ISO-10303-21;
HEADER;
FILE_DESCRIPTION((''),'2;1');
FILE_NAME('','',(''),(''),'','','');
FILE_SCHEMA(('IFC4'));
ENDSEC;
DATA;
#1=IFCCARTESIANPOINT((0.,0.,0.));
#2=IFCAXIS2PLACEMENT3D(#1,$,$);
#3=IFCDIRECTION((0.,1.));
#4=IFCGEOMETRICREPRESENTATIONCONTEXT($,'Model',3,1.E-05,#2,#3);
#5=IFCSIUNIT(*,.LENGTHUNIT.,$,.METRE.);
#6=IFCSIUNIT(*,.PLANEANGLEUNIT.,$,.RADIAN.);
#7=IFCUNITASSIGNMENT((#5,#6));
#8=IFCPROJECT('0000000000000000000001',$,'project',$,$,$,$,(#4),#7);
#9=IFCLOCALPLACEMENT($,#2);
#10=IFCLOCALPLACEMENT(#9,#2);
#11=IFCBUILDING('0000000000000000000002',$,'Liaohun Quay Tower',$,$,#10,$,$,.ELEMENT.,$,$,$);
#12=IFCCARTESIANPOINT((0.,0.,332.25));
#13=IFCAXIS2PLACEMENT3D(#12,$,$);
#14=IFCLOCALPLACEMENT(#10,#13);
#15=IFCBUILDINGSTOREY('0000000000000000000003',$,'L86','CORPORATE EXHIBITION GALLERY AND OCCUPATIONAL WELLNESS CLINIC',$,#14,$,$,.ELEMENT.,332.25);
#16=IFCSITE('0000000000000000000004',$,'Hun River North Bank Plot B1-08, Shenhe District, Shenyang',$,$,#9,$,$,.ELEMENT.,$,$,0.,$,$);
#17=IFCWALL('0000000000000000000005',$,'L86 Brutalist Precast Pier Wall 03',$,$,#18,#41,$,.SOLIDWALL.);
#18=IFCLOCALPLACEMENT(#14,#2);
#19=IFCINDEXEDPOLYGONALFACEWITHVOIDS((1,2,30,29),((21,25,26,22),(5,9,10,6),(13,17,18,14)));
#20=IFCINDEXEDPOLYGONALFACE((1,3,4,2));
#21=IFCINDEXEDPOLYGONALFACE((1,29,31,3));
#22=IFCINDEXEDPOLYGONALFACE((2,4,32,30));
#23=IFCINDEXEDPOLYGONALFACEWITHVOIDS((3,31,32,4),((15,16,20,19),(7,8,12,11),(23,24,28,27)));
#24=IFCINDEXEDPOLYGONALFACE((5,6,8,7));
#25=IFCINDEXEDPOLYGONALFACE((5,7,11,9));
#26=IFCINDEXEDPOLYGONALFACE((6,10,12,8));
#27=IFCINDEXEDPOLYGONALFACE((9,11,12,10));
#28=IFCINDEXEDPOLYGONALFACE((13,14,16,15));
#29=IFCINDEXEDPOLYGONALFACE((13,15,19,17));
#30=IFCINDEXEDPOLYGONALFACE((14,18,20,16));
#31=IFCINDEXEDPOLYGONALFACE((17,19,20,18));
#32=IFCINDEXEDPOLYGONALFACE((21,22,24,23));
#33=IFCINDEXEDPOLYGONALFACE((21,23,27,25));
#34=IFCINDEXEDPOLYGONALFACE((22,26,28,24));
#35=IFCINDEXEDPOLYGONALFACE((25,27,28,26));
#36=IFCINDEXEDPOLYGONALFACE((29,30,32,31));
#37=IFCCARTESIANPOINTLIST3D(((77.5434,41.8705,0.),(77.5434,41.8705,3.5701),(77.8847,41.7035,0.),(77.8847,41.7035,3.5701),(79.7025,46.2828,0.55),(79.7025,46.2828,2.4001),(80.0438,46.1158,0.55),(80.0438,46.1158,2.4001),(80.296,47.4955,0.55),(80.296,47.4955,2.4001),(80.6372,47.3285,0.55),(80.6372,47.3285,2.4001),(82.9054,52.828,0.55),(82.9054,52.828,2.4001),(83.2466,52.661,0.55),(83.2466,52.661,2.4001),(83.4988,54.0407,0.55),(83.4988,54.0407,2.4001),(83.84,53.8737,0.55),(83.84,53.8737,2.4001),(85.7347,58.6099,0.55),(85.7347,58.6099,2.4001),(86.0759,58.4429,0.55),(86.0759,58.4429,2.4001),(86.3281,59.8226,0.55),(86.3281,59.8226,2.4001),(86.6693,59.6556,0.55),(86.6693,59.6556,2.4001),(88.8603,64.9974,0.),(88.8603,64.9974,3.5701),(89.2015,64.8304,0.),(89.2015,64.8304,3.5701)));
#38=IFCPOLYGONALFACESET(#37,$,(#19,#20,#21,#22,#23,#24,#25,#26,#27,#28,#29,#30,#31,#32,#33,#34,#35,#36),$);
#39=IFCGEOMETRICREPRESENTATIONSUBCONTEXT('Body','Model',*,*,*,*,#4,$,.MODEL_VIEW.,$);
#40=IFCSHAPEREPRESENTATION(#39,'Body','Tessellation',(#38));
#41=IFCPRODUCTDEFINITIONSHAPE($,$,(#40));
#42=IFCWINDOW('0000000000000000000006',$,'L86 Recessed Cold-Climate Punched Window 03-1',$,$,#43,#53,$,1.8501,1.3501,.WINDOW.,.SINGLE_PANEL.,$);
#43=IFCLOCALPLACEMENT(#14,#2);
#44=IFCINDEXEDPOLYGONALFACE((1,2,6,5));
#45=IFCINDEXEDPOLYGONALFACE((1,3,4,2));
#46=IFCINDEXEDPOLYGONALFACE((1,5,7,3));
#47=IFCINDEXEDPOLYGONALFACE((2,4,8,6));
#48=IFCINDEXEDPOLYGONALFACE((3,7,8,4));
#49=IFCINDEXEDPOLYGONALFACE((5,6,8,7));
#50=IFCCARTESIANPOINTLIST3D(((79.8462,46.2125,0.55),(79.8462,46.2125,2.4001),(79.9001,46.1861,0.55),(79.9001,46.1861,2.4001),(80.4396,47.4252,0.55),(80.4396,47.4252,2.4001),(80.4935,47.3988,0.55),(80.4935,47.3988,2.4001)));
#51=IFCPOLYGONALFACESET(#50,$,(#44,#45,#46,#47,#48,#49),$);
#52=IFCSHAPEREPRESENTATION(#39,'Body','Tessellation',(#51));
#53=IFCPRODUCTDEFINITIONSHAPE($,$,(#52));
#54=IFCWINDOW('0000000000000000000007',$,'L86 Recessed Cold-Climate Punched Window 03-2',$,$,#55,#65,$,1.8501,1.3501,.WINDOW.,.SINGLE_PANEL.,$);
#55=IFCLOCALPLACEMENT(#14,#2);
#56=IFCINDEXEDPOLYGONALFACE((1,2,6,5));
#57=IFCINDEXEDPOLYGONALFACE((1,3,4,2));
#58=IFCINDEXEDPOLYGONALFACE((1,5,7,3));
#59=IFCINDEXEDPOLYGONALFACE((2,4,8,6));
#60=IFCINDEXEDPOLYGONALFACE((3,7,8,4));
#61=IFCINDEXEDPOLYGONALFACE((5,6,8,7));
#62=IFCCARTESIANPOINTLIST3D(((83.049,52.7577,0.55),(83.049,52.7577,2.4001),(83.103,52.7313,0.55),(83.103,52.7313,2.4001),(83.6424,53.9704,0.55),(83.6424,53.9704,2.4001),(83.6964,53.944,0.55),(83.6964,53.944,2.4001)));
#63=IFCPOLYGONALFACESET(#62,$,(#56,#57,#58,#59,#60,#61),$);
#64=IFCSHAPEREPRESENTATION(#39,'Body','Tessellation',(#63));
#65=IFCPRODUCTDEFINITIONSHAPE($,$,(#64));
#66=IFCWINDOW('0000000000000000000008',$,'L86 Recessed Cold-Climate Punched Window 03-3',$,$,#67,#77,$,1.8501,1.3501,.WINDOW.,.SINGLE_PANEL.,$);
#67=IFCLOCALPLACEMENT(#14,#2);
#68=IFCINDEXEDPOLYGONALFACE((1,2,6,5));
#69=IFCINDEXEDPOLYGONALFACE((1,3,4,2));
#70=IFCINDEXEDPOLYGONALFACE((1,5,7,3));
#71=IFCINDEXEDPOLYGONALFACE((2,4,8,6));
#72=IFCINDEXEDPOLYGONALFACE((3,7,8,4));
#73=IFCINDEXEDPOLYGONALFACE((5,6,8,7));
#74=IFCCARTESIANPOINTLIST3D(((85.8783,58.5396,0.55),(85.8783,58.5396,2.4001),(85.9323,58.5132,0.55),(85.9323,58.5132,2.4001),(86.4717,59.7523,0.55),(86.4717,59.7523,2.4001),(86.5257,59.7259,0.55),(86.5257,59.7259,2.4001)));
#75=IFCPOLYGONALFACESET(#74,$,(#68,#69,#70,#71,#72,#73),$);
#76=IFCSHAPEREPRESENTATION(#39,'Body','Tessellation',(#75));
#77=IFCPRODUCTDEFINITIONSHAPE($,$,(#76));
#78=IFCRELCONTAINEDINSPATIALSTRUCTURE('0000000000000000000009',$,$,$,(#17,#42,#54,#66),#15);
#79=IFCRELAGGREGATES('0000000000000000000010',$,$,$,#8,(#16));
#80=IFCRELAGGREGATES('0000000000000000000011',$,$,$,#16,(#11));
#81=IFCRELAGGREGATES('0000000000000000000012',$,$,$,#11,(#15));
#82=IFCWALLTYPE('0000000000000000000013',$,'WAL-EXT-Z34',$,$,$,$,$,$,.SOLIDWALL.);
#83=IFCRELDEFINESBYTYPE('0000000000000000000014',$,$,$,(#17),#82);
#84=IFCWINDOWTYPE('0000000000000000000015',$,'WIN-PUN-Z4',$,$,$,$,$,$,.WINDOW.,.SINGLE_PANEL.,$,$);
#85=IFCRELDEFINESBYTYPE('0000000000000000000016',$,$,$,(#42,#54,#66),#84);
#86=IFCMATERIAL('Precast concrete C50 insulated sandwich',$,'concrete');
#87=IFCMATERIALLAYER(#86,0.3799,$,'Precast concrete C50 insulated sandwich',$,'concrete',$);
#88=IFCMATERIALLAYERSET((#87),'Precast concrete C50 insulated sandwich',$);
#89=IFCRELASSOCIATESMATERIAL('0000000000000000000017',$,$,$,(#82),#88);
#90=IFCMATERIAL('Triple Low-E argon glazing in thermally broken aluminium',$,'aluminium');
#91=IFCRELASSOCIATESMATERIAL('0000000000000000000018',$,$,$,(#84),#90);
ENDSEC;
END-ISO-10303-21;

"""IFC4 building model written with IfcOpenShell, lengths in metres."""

from ifc_helpers import new_model, si_unit, direction, frame, frame_2d, origin, place, context, subcontext, project, spatial, rectangle, extrude, source, transform, mapped, material, layer, layer_set, type_object, element, fill, save


model = new_model("IFC4")

# Units and contexts
model_context = context("Model", 3, precision=1e-05, world=origin(), true_north=direction((0.0, 1.0)))
body_context = subcontext(model_context, "Body", "Model", "MODEL_VIEW")
ifc_project = project(units=[si_unit("LENGTHUNIT", "METRE"), si_unit("PLANEANGLEUNIT", "RADIAN")], contexts=[model_context])

# Site, building, storey
site_placement = place(None, origin())
site = spatial("IfcSite", under=ifc_project, at=site_placement, Name="Hun River North Bank Plot B1-08, Shenhe District, Shenyang", CompositionType="ELEMENT", RefElevation=0.0)
building_placement = place(site_placement, origin())
building = spatial("IfcBuilding", under=site, at=building_placement, Name="Liaohun Quay Tower", CompositionType="ELEMENT")
storey_placement = place(building_placement, frame((0.0, 0.0, 332.25)))
storey = spatial("IfcBuildingStorey", under=building, at=storey_placement, Name="L86", Description="CORPORATE EXHIBITION GALLERY AND OCCUPATIONAL WELLNESS CLINIC", CompositionType="ELEMENT", Elevation=332.25)

# Shared definitions
ifc_material_1 = material(Name="Precast concrete C50 insulated sandwich", Category="concrete")
ifc_layer_1 = layer(ifc_material_1, 0.3799, Name="Precast concrete C50 insulated sandwich", Category="concrete")
ifc_layer_set_1 = layer_set([ifc_layer_1], Name="Precast concrete C50 insulated sandwich")
wall_type_1 = type_object("IfcWallType", Name="WAL-EXT-Z34", PredefinedType="SOLIDWALL", material=ifc_layer_set_1)

# Wall, openings, windows
shared_shape_1 = source(origin(), body_context, "Body", "SweptSolid", [
    extrude(rectangle(XDim=1.3501, YDim=1.8501, at=frame_2d((0.675, 0.925))), frame((0.0, 0.2, 0.0), z_axis=(0.0, -1.0, 0.0), x_axis=(1.0, 0.0, 0.0)), (0.0, 0.0, 1.0), 0.3999),
])
ifc_material_2 = material(Name="Triple Low-E argon glazing in thermally broken aluminium", Category="aluminium")
window_type_1 = type_object("IfcWindowType", Name="WIN-PUN-Z4", PartitioningType="SINGLE_PANEL", PredefinedType="WINDOW", material=ifc_material_2)
shared_shape_2 = source(origin(), body_context, "Body", "SweptSolid", [
    extrude(rectangle(XDim=1.3501, YDim=1.8501, at=frame_2d((0.675, 0.925))), frame((0.0, 0.03, 0.0), z_axis=(0.0, -1.0, 0.0), x_axis=(1.0, 0.0, 0.0)), (0.0, 0.0, 1.0), 0.0601),
])
wall_1_placement = place(storey_placement, frame((77.7141, 41.7871, 0.0), z_axis=(0.0, 0.0, 1.0), x_axis=(0.439536, 0.898225, 0.0)))
wall_1 = element("IfcWall", 1, at=wall_1_placement, inside=storey, type_object=wall_type_1, Name="L86 Brutalist Precast Pier Wall 03", PredefinedType="SOLIDWALL", context=body_context, shape_type="SweptSolid", body=[
    extrude(rectangle(XDim=25.7473, YDim=0.3799, at=frame_2d((12.8735, 0.0))), origin(), (0.0, 0.0, 1.0), 3.5701),
])
opening_1_placement = place(wall_1_placement, frame((4.9121, 0.0, 0.55)))
opening_1 = element("IfcOpeningElement", 2, at=opening_1_placement, cuts=wall_1, PredefinedType="OPENING", context=body_context, shape_type="MappedRepresentation", body=[
    mapped(shared_shape_1, transform((0.0, 0.0, 0.0), x_axis=(1.0, 0.0, 0.0), y_axis=(0.0, 1.0, 0.0), z_axis=(0.0, 0.0, 1.0), scale=1.0)),
])
opening_2_placement = place(wall_1_placement, frame((12.199, 0.0, 0.55)))
opening_2 = element("IfcOpeningElement", 3, at=opening_2_placement, cuts=wall_1, PredefinedType="OPENING", context=body_context, shape_type="MappedRepresentation", body=[
    mapped(shared_shape_1, transform((0.0, 0.0, 0.0), x_axis=(1.0, 0.0, 0.0), y_axis=(0.0, 1.0, 0.0), z_axis=(0.0, 0.0, 1.0), scale=1.0)),
])
opening_3_placement = place(wall_1_placement, frame((18.636, 0.0, 0.55)))
opening_3 = element("IfcOpeningElement", 4, at=opening_3_placement, cuts=wall_1, PredefinedType="OPENING", context=body_context, shape_type="MappedRepresentation", body=[
    mapped(shared_shape_1, transform((0.0, 0.0, 0.0), x_axis=(1.0, 0.0, 0.0), y_axis=(0.0, 1.0, 0.0), z_axis=(0.0, 0.0, 1.0), scale=1.0)),
])
window_1_placement = place(opening_1_placement, origin())
window_1 = element("IfcWindow", 5, at=window_1_placement, inside=storey, type_object=window_type_1, Name="L86 Recessed Cold-Climate Punched Window 03-1", OverallHeight=1.8501, OverallWidth=1.3501, PartitioningType="SINGLE_PANEL", PredefinedType="WINDOW", context=body_context, shape_type="MappedRepresentation", body=[
    mapped(shared_shape_2, transform((0.0, 0.0, 0.0), x_axis=(1.0, 0.0, 0.0), y_axis=(0.0, 1.0, 0.0), z_axis=(0.0, 0.0, 1.0), scale=1.0)),
])
fill(opening_1, window_1)
window_2_placement = place(opening_2_placement, origin())
window_2 = element("IfcWindow", 6, at=window_2_placement, inside=storey, type_object=window_type_1, Name="L86 Recessed Cold-Climate Punched Window 03-2", OverallHeight=1.8501, OverallWidth=1.3501, PartitioningType="SINGLE_PANEL", PredefinedType="WINDOW", context=body_context, shape_type="MappedRepresentation", body=[
    mapped(shared_shape_2, transform((0.0, 0.0, 0.0), x_axis=(1.0, 0.0, 0.0), y_axis=(0.0, 1.0, 0.0), z_axis=(0.0, 0.0, 1.0), scale=1.0)),
])
fill(opening_2, window_2)
window_3_placement = place(opening_3_placement, origin())
window_3 = element("IfcWindow", 7, at=window_3_placement, inside=storey, type_object=window_type_1, Name="L86 Recessed Cold-Climate Punched Window 03-3", OverallHeight=1.8501, OverallWidth=1.3501, PartitioningType="SINGLE_PANEL", PredefinedType="WINDOW", context=body_context, shape_type="MappedRepresentation", body=[
    mapped(shared_shape_2, transform((0.0, 0.0, 0.0), x_axis=(1.0, 0.0, 0.0), y_axis=(0.0, 1.0, 0.0), z_axis=(0.0, 0.0, 1.0), scale=1.0)),
])
fill(opening_3, window_3)

save(model, "model.ifc")
